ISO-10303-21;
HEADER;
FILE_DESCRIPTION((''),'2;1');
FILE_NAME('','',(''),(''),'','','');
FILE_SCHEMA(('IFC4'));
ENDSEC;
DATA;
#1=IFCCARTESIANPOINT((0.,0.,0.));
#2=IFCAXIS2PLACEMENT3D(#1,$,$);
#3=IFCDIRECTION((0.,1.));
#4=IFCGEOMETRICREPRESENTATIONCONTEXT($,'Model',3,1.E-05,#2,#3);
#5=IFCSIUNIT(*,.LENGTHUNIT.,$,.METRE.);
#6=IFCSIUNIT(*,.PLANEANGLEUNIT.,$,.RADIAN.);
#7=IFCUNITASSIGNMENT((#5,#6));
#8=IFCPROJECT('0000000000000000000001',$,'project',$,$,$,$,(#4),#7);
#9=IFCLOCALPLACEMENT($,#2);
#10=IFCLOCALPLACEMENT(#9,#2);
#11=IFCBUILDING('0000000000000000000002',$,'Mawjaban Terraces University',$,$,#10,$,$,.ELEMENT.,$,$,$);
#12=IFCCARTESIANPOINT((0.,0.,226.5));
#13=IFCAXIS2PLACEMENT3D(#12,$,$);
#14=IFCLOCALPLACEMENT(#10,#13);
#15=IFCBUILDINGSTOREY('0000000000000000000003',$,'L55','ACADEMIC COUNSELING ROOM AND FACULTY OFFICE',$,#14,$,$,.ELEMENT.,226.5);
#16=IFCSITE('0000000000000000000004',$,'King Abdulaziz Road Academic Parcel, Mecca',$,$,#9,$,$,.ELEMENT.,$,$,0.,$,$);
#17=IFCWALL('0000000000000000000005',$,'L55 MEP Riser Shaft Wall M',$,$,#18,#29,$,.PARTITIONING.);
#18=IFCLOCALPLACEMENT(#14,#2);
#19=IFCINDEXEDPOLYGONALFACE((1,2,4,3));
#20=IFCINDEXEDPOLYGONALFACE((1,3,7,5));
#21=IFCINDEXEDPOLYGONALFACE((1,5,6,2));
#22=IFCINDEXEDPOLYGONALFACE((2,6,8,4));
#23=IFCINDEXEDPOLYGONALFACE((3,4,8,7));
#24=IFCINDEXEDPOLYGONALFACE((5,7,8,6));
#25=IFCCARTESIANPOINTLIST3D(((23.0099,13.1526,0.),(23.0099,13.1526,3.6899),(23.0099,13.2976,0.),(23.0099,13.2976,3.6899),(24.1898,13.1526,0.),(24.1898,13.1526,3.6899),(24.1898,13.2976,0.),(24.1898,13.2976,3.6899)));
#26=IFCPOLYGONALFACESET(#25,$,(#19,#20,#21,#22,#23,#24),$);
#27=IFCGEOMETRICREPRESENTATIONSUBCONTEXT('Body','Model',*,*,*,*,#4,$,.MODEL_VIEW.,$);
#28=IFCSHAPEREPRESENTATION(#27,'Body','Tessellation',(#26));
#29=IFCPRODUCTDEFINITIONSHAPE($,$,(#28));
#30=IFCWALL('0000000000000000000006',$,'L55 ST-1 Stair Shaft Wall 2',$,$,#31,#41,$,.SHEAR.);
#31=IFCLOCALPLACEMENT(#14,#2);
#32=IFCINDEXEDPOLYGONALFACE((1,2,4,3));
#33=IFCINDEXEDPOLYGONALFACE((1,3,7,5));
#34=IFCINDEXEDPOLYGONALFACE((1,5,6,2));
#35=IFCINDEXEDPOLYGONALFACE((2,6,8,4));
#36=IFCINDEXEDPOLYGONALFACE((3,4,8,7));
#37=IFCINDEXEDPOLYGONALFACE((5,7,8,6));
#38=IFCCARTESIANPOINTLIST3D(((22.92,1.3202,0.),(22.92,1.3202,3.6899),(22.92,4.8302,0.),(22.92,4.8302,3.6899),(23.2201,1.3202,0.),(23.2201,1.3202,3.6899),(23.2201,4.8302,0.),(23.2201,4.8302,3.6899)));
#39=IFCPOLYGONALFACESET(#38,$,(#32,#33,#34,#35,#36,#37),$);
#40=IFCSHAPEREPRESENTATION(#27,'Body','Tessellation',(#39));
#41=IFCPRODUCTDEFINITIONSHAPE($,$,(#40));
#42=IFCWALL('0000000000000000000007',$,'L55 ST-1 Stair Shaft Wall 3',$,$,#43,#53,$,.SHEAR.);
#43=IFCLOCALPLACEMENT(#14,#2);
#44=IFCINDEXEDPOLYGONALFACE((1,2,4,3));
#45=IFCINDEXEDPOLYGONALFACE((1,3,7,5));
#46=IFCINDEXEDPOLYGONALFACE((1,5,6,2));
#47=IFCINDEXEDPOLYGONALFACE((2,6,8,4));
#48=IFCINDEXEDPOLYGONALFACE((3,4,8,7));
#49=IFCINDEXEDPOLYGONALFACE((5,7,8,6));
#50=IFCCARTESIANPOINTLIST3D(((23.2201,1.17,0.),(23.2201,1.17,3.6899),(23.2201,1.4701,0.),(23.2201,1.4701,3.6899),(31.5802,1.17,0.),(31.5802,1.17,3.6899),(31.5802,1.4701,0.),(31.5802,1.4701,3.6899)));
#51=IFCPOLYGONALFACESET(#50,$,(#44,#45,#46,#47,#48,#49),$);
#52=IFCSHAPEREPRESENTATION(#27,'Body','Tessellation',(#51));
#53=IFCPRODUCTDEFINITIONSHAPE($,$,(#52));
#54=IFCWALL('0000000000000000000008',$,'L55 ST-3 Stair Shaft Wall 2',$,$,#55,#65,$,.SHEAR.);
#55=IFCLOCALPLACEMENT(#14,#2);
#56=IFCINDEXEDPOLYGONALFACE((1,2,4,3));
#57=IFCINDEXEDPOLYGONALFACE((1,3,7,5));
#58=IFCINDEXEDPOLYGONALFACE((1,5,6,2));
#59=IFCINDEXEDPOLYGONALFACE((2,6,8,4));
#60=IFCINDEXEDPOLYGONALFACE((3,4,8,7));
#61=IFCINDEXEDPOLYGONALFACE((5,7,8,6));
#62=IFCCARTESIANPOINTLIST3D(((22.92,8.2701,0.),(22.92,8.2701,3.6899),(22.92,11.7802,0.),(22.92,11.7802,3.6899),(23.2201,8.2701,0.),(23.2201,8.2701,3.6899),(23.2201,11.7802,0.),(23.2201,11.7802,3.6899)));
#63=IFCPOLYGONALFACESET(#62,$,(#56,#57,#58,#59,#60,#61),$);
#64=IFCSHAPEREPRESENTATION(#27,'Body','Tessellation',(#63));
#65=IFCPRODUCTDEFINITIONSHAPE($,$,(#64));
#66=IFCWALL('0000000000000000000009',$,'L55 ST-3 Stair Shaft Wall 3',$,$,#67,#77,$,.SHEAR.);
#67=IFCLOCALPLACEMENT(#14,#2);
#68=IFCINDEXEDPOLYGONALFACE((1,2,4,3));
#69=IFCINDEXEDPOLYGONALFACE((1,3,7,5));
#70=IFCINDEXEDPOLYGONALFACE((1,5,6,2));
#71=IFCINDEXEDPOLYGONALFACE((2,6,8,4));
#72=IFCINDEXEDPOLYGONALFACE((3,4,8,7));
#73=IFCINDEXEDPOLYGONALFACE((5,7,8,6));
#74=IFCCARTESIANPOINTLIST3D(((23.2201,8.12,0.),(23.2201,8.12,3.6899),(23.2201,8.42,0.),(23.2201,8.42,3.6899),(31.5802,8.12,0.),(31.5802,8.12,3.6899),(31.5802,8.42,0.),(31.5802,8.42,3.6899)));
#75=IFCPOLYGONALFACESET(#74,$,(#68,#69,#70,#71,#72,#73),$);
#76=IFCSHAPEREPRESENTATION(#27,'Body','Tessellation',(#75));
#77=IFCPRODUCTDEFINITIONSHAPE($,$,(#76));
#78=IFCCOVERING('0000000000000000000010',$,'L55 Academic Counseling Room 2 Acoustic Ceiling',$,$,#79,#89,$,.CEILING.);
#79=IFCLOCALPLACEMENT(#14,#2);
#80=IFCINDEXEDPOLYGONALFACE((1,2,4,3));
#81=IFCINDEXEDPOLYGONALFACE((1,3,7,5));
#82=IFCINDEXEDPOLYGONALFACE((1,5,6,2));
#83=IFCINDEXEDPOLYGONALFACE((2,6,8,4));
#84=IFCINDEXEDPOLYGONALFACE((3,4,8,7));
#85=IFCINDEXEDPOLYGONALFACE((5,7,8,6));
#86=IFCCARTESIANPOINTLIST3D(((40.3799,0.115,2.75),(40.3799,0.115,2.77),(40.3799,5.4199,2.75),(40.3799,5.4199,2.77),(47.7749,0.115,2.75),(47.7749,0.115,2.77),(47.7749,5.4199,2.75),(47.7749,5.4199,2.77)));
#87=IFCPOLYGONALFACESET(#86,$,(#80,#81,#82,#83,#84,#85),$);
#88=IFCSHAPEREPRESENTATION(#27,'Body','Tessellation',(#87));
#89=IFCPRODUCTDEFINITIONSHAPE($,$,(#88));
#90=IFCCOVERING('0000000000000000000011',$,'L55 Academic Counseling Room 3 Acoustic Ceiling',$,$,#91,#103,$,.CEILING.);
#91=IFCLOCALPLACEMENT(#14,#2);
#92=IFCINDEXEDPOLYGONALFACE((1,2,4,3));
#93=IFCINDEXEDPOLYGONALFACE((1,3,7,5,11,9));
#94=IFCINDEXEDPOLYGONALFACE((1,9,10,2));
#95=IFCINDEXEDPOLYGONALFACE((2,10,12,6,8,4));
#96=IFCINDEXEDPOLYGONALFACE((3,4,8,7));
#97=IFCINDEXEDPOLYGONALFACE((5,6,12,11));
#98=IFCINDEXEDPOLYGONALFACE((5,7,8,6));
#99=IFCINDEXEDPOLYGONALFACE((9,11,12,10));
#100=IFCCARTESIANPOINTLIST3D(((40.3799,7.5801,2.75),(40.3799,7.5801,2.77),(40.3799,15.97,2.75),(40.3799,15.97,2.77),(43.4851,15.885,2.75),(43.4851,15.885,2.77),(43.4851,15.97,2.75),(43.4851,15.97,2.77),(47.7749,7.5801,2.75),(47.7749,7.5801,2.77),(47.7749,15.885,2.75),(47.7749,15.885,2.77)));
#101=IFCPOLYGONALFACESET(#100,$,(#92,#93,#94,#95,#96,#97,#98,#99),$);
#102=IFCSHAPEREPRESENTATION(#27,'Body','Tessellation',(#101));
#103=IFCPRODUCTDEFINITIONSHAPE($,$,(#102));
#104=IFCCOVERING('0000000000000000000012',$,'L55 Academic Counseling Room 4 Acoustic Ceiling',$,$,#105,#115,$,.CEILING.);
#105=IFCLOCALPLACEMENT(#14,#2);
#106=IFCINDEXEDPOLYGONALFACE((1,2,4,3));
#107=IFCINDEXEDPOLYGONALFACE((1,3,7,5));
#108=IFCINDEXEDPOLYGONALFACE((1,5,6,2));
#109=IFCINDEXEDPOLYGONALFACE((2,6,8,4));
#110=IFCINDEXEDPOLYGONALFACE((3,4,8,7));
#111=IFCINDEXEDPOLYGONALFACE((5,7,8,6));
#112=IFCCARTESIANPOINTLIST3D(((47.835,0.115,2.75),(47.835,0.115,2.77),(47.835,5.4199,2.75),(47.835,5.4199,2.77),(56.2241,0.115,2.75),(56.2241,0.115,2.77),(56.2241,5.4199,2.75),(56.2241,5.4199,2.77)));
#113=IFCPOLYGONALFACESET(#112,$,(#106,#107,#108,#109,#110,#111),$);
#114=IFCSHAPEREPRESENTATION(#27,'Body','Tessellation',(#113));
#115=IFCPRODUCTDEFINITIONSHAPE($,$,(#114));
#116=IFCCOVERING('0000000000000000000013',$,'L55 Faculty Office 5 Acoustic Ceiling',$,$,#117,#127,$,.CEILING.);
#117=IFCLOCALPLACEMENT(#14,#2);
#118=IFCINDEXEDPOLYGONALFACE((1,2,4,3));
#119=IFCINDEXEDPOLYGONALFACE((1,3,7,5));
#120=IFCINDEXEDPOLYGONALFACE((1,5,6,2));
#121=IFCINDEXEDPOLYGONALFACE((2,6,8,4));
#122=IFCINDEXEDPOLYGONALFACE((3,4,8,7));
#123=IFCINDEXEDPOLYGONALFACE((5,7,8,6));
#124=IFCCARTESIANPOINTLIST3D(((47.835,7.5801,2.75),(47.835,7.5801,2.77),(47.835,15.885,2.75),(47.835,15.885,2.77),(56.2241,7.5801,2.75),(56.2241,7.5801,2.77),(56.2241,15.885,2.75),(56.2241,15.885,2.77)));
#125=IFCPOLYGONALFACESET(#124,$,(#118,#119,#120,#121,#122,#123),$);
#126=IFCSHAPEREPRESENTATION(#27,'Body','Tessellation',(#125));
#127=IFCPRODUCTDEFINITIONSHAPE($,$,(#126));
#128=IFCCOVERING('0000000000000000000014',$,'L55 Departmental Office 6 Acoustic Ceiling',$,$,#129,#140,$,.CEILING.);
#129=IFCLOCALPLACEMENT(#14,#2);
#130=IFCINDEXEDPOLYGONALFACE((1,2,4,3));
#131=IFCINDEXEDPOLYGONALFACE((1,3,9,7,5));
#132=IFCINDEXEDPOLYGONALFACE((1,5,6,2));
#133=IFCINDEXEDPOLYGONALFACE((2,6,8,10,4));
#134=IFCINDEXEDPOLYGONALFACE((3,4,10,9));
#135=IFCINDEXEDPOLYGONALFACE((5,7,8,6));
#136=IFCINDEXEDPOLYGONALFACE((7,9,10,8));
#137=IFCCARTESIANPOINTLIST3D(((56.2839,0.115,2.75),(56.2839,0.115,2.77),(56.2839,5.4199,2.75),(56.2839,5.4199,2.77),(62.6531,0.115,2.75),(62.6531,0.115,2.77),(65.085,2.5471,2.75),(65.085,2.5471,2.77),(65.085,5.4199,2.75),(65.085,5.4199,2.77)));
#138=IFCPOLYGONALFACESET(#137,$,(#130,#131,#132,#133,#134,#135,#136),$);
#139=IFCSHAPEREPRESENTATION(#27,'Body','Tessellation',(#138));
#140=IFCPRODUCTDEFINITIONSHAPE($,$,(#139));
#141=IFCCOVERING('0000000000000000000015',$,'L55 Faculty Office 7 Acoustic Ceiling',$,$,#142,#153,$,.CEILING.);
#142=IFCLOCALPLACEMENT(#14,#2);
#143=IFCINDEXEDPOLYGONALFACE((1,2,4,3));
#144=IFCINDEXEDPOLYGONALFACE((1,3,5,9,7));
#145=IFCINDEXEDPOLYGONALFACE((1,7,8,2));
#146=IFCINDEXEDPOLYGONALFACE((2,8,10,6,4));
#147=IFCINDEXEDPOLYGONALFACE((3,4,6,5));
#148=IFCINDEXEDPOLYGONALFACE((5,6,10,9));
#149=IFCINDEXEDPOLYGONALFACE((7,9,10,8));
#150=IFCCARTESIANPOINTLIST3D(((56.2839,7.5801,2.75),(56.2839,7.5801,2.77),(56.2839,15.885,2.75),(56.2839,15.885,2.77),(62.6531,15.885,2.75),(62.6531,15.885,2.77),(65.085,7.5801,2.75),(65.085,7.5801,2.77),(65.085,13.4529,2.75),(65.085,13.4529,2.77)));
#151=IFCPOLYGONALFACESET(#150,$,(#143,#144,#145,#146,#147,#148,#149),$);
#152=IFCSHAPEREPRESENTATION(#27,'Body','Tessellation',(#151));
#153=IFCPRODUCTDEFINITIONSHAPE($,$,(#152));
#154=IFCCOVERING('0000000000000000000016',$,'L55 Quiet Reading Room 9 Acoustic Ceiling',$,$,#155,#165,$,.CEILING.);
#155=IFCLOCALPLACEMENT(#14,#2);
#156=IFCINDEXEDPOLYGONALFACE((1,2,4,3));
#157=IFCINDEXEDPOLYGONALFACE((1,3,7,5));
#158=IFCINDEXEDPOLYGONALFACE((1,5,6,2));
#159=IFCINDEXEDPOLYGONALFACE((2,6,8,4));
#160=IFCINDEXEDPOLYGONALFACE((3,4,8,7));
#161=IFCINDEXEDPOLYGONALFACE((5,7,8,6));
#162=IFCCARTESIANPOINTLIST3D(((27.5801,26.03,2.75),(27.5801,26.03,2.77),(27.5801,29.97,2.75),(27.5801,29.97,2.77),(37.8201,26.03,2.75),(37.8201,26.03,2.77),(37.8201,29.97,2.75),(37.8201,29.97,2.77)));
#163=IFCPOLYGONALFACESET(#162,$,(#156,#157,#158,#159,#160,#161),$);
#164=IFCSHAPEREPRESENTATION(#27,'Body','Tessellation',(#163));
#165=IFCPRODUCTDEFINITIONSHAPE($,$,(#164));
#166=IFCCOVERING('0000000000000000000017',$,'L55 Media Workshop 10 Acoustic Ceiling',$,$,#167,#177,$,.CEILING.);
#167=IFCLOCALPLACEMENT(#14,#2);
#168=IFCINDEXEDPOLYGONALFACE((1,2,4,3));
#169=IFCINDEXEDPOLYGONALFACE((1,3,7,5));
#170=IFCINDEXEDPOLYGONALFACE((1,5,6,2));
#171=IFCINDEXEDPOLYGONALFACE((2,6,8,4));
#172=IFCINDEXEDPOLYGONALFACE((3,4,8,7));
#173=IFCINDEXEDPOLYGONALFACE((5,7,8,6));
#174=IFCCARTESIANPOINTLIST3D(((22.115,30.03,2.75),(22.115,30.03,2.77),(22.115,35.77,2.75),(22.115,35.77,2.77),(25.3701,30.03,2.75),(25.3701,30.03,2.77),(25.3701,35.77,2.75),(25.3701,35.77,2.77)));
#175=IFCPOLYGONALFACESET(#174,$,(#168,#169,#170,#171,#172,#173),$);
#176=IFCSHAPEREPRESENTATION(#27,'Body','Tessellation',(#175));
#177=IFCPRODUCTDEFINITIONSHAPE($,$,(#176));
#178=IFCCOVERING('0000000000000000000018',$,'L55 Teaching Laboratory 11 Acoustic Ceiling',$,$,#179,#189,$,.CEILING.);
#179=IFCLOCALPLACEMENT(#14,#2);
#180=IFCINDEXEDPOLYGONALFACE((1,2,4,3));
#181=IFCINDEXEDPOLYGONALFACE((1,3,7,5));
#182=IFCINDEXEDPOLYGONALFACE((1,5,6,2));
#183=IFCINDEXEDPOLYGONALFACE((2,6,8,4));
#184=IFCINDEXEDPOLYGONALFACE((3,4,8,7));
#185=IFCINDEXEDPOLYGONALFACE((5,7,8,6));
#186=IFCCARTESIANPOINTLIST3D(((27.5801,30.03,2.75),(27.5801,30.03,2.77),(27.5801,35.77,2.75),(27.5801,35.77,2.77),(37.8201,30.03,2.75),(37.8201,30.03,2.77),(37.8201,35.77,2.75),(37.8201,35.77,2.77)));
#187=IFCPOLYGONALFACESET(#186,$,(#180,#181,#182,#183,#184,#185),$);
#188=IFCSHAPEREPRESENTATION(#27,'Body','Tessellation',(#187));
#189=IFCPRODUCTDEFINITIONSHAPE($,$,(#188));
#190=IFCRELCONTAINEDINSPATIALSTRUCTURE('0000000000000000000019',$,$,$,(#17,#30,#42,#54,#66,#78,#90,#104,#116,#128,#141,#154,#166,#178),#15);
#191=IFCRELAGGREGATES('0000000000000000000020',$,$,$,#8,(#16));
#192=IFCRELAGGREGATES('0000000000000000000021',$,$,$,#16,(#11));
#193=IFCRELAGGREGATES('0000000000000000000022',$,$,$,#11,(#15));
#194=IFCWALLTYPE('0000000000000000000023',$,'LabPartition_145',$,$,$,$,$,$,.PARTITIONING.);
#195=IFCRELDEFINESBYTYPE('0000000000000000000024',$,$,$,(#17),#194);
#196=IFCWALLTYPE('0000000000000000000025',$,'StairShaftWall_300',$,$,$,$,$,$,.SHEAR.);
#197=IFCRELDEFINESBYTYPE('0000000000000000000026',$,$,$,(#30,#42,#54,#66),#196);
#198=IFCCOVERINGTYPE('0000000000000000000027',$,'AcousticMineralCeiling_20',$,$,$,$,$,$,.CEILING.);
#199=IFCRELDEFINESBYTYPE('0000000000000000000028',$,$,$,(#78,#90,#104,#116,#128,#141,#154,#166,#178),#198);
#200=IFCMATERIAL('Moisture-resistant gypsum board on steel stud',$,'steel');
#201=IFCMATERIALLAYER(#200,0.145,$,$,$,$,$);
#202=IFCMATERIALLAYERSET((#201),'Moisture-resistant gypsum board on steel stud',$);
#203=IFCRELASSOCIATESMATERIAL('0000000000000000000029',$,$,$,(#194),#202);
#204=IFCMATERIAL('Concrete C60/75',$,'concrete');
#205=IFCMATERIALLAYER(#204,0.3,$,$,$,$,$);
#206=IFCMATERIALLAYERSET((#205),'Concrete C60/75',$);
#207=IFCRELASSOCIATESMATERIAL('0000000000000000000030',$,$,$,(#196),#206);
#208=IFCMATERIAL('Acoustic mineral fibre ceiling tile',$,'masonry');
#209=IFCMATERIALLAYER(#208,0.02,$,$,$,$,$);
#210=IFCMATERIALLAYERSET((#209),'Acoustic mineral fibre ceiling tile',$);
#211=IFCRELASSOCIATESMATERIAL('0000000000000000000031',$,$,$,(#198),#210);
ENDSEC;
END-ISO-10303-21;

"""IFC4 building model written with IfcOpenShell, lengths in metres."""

from ifc_helpers import new_model, si_unit, direction, frame, frame_2d, origin, place, context, subcontext, project, spatial, polyline, rectangle, outline, extrude, material, layer, layer_set, type_object, element, save


model = new_model("IFC4")

# Units and contexts
model_context = context("Model", 3, precision=1e-05, world=origin(), true_north=direction((0.0, 1.0)))
body_context = subcontext(model_context, "Body", "Model", "MODEL_VIEW")
ifc_project = project(units=[si_unit("LENGTHUNIT", "METRE"), si_unit("PLANEANGLEUNIT", "RADIAN")], contexts=[model_context])

# Site, building, storey
site_placement = place(None, origin())
site = spatial("IfcSite", under=ifc_project, at=site_placement, Name="King Abdulaziz Road Academic Parcel, Mecca", CompositionType="ELEMENT", RefElevation=0.0)
building_placement = place(site_placement, origin())
building = spatial("IfcBuilding", under=site, at=building_placement, Name="Mawjaban Terraces University", CompositionType="ELEMENT")
storey_placement = place(building_placement, frame((0.0, 0.0, 226.5)))
storey = spatial("IfcBuildingStorey", under=building, at=storey_placement, Name="L55", Description="ACADEMIC COUNSELING ROOM AND FACULTY OFFICE", CompositionType="ELEMENT", Elevation=226.5)

# Shared definitions
ifc_material_1 = material(Name="Concrete C60/75", Category="concrete")

# Walls
ifc_material_2 = material(Name="Moisture-resistant gypsum board on steel stud", Category="steel")
ifc_layer_1 = layer(ifc_material_2, 0.145)
ifc_layer_set_1 = layer_set([ifc_layer_1], Name="Moisture-resistant gypsum board on steel stud")
wall_type_1 = type_object("IfcWallType", Name="LabPartition_145", PredefinedType="PARTITIONING", material=ifc_layer_set_1)
wall_1_placement = place(storey_placement, frame((23.01, 13.2251, 0.0), z_axis=(0.0, 0.0, 1.0), x_axis=(1.0, 0.0, 0.0)))
element("IfcWall", 1, at=wall_1_placement, inside=storey, type_object=wall_type_1, Name="L55 MEP Riser Shaft Wall M", PredefinedType="PARTITIONING", context=body_context, shape_type="SweptSolid", body=[
    extrude(rectangle(XDim=1.1799, YDim=0.145, at=frame_2d((0.5898, 0.0))), origin(), (0.0, 0.0, 1.0), 3.6899),
])
ifc_layer_2 = layer(ifc_material_1, 0.3)
ifc_layer_set_2 = layer_set([ifc_layer_2], Name="Concrete C60/75")
wall_type_2 = type_object("IfcWallType", Name="StairShaftWall_300", PredefinedType="SHEAR", material=ifc_layer_set_2)
wall_2_placement = place(storey_placement, frame((23.0701, 4.8301, 0.0), z_axis=(0.0, 0.0, 1.0), x_axis=(0.0, -1.0, 0.0)))
element("IfcWall", 2, at=wall_2_placement, inside=storey, type_object=wall_type_2, Name="L55 ST-1 Stair Shaft Wall 2", PredefinedType="SHEAR", context=body_context, shape_type="SweptSolid", body=[
    extrude(rectangle(XDim=3.51, YDim=0.3, at=frame_2d((1.7549, 0.0))), origin(), (0.0, 0.0, 1.0), 3.6899),
])
wall_3_placement = place(storey_placement, frame((23.22, 1.3201, 0.0), z_axis=(0.0, 0.0, 1.0), x_axis=(1.0, 0.0, 0.0)))
element("IfcWall", 3, at=wall_3_placement, inside=storey, type_object=wall_type_2, Name="L55 ST-1 Stair Shaft Wall 3", PredefinedType="SHEAR", context=body_context, shape_type="SweptSolid", body=[
    extrude(rectangle(XDim=8.3601, YDim=0.3, at=frame_2d((4.1802, 0.0))), origin(), (0.0, 0.0, 1.0), 3.6899),
])
wall_4_placement = place(storey_placement, frame((23.0701, 11.78, 0.0), z_axis=(0.0, 0.0, 1.0), x_axis=(0.0, -1.0, 0.0)))
element("IfcWall", 4, at=wall_4_placement, inside=storey, type_object=wall_type_2, Name="L55 ST-3 Stair Shaft Wall 2", PredefinedType="SHEAR", context=body_context, shape_type="SweptSolid", body=[
    extrude(rectangle(XDim=3.51, YDim=0.3, at=frame_2d((1.7549, 0.0))), origin(), (0.0, 0.0, 1.0), 3.6899),
])
wall_5_placement = place(storey_placement, frame((23.22, 8.27, 0.0), z_axis=(0.0, 0.0, 1.0), x_axis=(1.0, 0.0, 0.0)))
element("IfcWall", 5, at=wall_5_placement, inside=storey, type_object=wall_type_2, Name="L55 ST-3 Stair Shaft Wall 3", PredefinedType="SHEAR", context=body_context, shape_type="SweptSolid", body=[
    extrude(rectangle(XDim=8.3601, YDim=0.3, at=frame_2d((4.1802, 0.0))), origin(), (0.0, 0.0, 1.0), 3.6899),
])

# Coverings
ifc_material_3 = material(Name="Acoustic mineral fibre ceiling tile", Category="masonry")
ifc_layer_3 = layer(ifc_material_3, 0.02)
ifc_layer_set_3 = layer_set([ifc_layer_3], Name="Acoustic mineral fibre ceiling tile")
covering_type_1 = type_object("IfcCoveringType", Name="AcousticMineralCeiling_20", PredefinedType="CEILING", material=ifc_layer_set_3)
covering_1_placement = place(storey_placement, frame((0.0, 0.0, 2.75)))
element("IfcCovering", 6, at=covering_1_placement, inside=storey, type_object=covering_type_1, Name="L55 Academic Counseling Room 2 Acoustic Ceiling", PredefinedType="CEILING", context=body_context, shape_type="SweptSolid", body=[
    extrude(outline(polyline([(40.3799, 0.115), (47.7749, 0.115), (47.7749, 5.4199), (40.3799, 5.4199), (40.3799, 0.115)])), origin(), (0.0, 0.0, 1.0), 0.02),
])
covering_2_placement = place(storey_placement, frame((0.0, 0.0, 2.75)))
element("IfcCovering", 7, at=covering_2_placement, inside=storey, type_object=covering_type_1, Name="L55 Academic Counseling Room 3 Acoustic Ceiling", PredefinedType="CEILING", context=body_context, shape_type="SweptSolid", body=[
    extrude(outline(polyline([(47.7749, 15.885), (43.4851, 15.885), (43.4851, 15.97), (40.3799, 15.97), (40.3799, 7.5801), (47.7749, 7.5801), (47.7749, 15.885)])), origin(), (0.0, 0.0, 1.0), 0.02),
])
covering_3_placement = place(storey_placement, frame((0.0, 0.0, 2.75)))
element("IfcCovering", 8, at=covering_3_placement, inside=storey, type_object=covering_type_1, Name="L55 Academic Counseling Room 4 Acoustic Ceiling", PredefinedType="CEILING", context=body_context, shape_type="SweptSolid", body=[
    extrude(outline(polyline([(47.835, 0.115), (56.2241, 0.115), (56.2241, 5.4199), (47.835, 5.4199), (47.835, 0.115)])), origin(), (0.0, 0.0, 1.0), 0.02),
])
covering_4_placement = place(storey_placement, frame((0.0, 0.0, 2.75)))
element("IfcCovering", 9, at=covering_4_placement, inside=storey, type_object=covering_type_1, Name="L55 Faculty Office 5 Acoustic Ceiling", PredefinedType="CEILING", context=body_context, shape_type="SweptSolid", body=[
    extrude(outline(polyline([(56.2241, 15.885), (47.835, 15.885), (47.835, 7.5801), (56.2241, 7.5801), (56.2241, 15.885)])), origin(), (0.0, 0.0, 1.0), 0.02),
])
covering_5_placement = place(storey_placement, frame((0.0, 0.0, 2.75)))
element("IfcCovering", 10, at=covering_5_placement, inside=storey, type_object=covering_type_1, Name="L55 Departmental Office 6 Acoustic Ceiling", PredefinedType="CEILING", context=body_context, shape_type="SweptSolid", body=[
    extrude(outline(polyline([(56.2839, 0.115), (62.6531, 0.115), (65.085, 2.5471), (65.085, 5.4199), (56.2839, 5.4199), (56.2839, 0.115)])), origin(), (0.0, 0.0, 1.0), 0.02),
])
covering_6_placement = place(storey_placement, frame((0.0, 0.0, 2.75)))
element("IfcCovering", 11, at=covering_6_placement, inside=storey, type_object=covering_type_1, Name="L55 Faculty Office 7 Acoustic Ceiling", PredefinedType="CEILING", context=body_context, shape_type="SweptSolid", body=[
    extrude(outline(polyline([(65.085, 7.5801), (65.085, 13.4529), (62.6531, 15.885), (56.2839, 15.885), (56.2839, 7.5801), (65.085, 7.5801)])), origin(), (0.0, 0.0, 1.0), 0.02),
])
covering_7_placement = place(storey_placement, frame((0.0, 0.0, 2.75)))
element("IfcCovering", 12, at=covering_7_placement, inside=storey, type_object=covering_type_1, Name="L55 Quiet Reading Room 9 Acoustic Ceiling", PredefinedType="CEILING", context=body_context, shape_type="SweptSolid", body=[
    extrude(outline(polyline([(37.8201, 26.03), (37.8201, 29.97), (27.5801, 29.97), (27.5801, 26.03), (37.8201, 26.03)])), origin(), (0.0, 0.0, 1.0), 0.02),
])
covering_8_placement = place(storey_placement, frame((0.0, 0.0, 2.75)))
element("IfcCovering", 13, at=covering_8_placement, inside=storey, type_object=covering_type_1, Name="L55 Media Workshop 10 Acoustic Ceiling", PredefinedType="CEILING", context=body_context, shape_type="SweptSolid", body=[
    extrude(outline(polyline([(22.115, 35.77), (22.115, 30.03), (25.3701, 30.03), (25.3701, 35.77), (22.115, 35.77)])), origin(), (0.0, 0.0, 1.0), 0.02),
])
covering_9_placement = place(storey_placement, frame((0.0, 0.0, 2.75)))
element("IfcCovering", 14, at=covering_9_placement, inside=storey, type_object=covering_type_1, Name="L55 Teaching Laboratory 11 Acoustic Ceiling", PredefinedType="CEILING", context=body_context, shape_type="SweptSolid", body=[
    extrude(outline(polyline([(37.8201, 30.03), (37.8201, 35.77), (27.5801, 35.77), (27.5801, 30.03), (37.8201, 30.03)])), origin(), (0.0, 0.0, 1.0), 0.02),
])

save(model, "model.ifc")
